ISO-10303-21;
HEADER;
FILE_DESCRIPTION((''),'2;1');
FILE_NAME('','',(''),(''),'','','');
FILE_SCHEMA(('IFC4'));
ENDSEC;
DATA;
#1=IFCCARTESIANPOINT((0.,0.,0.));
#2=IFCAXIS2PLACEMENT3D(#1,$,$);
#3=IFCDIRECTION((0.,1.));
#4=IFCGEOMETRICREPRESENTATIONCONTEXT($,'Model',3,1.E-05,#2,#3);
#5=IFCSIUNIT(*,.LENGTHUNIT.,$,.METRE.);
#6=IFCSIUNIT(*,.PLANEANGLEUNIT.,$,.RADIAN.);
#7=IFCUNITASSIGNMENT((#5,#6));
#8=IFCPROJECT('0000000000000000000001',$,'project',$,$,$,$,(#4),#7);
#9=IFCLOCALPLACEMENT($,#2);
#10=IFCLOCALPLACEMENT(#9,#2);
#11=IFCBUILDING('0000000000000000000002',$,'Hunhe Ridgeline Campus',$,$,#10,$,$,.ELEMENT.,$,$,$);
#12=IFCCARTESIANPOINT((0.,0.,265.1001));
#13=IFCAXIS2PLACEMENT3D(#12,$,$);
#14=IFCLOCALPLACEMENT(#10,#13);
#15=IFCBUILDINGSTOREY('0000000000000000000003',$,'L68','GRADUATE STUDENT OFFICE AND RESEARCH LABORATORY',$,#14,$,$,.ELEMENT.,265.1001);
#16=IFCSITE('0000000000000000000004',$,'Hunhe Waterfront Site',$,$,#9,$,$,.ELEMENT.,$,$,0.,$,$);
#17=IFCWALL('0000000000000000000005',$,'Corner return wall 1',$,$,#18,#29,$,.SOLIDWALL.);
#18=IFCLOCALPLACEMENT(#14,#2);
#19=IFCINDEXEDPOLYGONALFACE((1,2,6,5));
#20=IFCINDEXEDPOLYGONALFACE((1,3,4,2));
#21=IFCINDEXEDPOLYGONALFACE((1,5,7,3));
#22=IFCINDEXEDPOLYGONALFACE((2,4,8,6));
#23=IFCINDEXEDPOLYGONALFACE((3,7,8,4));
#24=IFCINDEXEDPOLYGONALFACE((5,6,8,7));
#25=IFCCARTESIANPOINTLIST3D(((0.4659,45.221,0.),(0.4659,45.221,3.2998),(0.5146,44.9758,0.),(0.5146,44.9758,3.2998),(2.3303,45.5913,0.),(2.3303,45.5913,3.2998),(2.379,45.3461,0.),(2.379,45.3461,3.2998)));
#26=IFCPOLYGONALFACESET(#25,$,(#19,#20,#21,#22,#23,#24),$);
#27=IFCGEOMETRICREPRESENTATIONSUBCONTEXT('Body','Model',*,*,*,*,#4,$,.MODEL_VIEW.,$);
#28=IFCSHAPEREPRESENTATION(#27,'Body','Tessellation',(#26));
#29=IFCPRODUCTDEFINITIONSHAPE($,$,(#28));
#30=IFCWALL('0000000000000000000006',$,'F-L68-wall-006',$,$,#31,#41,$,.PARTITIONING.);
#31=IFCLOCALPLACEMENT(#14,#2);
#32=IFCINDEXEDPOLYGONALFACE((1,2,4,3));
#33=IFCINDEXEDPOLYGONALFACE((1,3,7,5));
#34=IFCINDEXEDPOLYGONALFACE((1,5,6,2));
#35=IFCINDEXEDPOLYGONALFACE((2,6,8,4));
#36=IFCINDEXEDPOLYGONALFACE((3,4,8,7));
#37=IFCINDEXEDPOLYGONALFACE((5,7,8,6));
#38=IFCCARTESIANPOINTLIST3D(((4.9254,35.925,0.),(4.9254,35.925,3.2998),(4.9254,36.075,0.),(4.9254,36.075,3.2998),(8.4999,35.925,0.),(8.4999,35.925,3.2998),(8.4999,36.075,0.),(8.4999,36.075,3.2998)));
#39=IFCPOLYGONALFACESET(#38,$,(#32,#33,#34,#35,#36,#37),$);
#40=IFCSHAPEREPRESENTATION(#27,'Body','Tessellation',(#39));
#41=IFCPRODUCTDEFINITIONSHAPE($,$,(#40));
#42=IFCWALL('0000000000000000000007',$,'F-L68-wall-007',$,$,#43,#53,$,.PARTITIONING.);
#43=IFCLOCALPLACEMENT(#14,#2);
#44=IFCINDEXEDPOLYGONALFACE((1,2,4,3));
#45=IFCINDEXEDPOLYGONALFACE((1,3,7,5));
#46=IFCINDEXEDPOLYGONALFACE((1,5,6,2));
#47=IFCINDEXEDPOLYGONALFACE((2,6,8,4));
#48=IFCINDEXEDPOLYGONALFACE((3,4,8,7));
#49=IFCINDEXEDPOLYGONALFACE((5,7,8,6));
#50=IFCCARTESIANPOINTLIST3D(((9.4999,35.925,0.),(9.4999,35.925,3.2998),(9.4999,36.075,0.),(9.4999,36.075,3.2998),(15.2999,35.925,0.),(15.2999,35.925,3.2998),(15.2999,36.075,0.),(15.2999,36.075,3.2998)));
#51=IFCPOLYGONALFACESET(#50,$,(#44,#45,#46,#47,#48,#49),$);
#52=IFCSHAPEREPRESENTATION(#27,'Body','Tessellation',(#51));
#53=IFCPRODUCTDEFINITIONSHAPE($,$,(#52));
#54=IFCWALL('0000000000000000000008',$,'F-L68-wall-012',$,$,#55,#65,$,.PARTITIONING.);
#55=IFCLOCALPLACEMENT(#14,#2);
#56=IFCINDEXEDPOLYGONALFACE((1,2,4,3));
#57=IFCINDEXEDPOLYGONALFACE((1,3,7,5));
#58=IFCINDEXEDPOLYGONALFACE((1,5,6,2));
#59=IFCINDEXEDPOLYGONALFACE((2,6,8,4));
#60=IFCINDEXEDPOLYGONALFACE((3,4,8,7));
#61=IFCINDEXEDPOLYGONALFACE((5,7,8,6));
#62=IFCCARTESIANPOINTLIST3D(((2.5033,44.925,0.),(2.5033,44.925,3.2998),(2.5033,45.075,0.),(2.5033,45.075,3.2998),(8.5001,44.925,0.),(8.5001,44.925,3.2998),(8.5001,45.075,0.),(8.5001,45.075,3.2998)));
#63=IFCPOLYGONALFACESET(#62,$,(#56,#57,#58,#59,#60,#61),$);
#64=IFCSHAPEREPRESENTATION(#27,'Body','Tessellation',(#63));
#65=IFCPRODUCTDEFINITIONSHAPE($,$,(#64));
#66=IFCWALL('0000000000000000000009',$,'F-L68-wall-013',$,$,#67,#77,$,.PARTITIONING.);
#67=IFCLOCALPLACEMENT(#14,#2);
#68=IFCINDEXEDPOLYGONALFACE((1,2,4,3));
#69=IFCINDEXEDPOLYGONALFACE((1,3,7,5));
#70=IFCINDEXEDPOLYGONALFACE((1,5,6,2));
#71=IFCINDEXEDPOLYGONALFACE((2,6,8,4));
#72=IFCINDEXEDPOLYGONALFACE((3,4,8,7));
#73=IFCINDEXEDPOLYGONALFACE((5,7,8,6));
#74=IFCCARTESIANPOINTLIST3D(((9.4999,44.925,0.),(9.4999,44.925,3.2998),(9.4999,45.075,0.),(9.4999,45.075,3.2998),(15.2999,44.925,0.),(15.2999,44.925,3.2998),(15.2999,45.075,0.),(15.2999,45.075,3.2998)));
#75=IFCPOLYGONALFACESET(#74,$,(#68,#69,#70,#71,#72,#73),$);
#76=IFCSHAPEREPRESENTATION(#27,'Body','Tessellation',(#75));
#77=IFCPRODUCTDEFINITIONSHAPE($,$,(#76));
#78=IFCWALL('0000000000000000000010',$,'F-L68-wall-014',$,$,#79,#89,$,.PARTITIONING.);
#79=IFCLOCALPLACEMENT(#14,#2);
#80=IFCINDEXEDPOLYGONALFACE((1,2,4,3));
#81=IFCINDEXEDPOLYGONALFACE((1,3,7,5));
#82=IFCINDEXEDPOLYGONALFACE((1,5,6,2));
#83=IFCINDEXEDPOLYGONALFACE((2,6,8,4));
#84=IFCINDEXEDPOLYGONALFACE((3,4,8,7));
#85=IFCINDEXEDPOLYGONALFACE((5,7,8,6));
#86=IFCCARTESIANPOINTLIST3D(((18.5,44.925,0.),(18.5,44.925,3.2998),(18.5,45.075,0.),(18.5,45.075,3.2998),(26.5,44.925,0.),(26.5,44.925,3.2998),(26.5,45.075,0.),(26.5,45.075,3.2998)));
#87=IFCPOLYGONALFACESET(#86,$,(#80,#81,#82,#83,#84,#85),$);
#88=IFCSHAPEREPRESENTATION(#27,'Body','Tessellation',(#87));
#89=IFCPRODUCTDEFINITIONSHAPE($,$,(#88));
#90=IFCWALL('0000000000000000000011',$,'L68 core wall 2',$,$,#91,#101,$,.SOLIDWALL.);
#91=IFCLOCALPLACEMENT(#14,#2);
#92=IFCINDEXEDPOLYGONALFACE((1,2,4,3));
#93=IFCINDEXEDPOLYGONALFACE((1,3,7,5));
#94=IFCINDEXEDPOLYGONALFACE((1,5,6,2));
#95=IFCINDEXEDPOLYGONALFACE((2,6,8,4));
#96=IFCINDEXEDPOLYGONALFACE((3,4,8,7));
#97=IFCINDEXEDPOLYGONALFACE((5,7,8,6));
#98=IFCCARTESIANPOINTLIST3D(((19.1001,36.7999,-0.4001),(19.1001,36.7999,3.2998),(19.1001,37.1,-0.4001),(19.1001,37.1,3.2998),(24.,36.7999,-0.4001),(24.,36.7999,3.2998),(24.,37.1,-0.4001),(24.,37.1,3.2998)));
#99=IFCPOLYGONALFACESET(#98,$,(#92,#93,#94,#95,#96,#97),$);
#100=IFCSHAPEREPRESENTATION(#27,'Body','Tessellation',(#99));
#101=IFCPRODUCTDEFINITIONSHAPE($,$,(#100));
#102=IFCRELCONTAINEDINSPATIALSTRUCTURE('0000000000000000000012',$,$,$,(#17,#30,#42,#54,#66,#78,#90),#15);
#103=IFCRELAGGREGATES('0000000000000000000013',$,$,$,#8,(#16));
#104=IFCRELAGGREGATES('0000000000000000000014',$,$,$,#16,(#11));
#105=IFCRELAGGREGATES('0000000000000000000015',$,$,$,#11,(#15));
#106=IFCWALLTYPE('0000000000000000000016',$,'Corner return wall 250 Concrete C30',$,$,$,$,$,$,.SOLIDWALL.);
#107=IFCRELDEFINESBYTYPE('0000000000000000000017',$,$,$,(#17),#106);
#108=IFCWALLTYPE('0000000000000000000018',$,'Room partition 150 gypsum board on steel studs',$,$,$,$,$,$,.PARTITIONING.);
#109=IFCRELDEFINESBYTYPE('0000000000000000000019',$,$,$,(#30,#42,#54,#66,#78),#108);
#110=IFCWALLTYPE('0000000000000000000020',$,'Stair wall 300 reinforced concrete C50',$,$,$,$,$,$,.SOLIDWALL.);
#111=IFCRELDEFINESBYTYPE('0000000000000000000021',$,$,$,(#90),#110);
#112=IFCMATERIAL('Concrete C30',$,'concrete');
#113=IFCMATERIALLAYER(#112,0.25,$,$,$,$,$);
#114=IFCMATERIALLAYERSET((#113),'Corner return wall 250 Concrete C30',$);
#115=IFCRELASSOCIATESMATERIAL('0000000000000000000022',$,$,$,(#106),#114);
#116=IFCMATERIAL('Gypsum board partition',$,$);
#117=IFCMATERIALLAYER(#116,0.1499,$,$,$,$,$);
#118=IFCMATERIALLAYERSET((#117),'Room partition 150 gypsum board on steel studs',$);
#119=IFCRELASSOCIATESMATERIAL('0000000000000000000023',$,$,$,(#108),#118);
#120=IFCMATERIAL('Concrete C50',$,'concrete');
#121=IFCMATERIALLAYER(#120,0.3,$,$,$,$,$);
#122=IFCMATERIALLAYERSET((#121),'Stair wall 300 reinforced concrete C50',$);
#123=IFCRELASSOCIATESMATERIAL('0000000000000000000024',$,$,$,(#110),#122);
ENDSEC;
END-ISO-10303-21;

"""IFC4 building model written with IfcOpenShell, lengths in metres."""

from ifc_helpers import new_model, si_unit, direction, frame, frame_2d, origin, place, context, subcontext, project, spatial, rectangle, extrude, material, layer, layer_set, type_object, element, save


model = new_model("IFC4")

# Units and contexts
model_context = context("Model", 3, precision=1e-05, world=origin(), true_north=direction((0.0, 1.0)))
body_context = subcontext(model_context, "Body", "Model", "MODEL_VIEW")
ifc_project = project(units=[si_unit("LENGTHUNIT", "METRE"), si_unit("PLANEANGLEUNIT", "RADIAN")], contexts=[model_context])

# Site, building, storey
site_placement = place(None, origin())
site = spatial("IfcSite", under=ifc_project, at=site_placement, Name="Hunhe Waterfront Site", CompositionType="ELEMENT", RefElevation=0.0)
building_placement = place(site_placement, origin())
building = spatial("IfcBuilding", under=site, at=building_placement, Name="Hunhe Ridgeline Campus", CompositionType="ELEMENT")
storey_placement = place(building_placement, frame((0.0, 0.0, 265.1001)))
storey = spatial("IfcBuildingStorey", under=building, at=storey_placement, Name="L68", Description="GRADUATE STUDENT OFFICE AND RESEARCH LABORATORY", CompositionType="ELEMENT", Elevation=265.1001)

# Shared definitions
ifc_material_1 = material(Name="Concrete C50", Category="concrete")

# Walls
ifc_material_2 = material(Name="Concrete C30", Category="concrete")
ifc_layer_1 = layer(ifc_material_2, 0.25)
ifc_layer_set_1 = layer_set([ifc_layer_1], Name="Corner return wall 250 Concrete C30")
wall_type_1 = type_object("IfcWallType", Name="Corner return wall 250 Concrete C30", PredefinedType="SOLIDWALL", material=ifc_layer_set_1)
wall_1_placement = place(storey_placement, frame((0.4902, 45.0984, 0.0), z_axis=(0.0, 0.0, 1.0), x_axis=(0.980837, 0.194832, 0.0)))
element("IfcWall", 1, at=wall_1_placement, inside=storey, type_object=wall_type_1, Name="Corner return wall 1", PredefinedType="SOLIDWALL", context=body_context, shape_type="SweptSolid", body=[
    extrude(rectangle(XDim=1.9009, YDim=0.25, at=frame_2d((0.9504, 0.0))), origin(), (0.0, 0.0, 1.0), 3.2998),
])
ifc_material_3 = material(Name="Gypsum board partition")
ifc_layer_2 = layer(ifc_material_3, 0.1499)
ifc_layer_set_2 = layer_set([ifc_layer_2], Name="Room partition 150 gypsum board on steel studs")
wall_type_2 = type_object("IfcWallType", Name="Room partition 150 gypsum board on steel studs", PredefinedType="PARTITIONING", material=ifc_layer_set_2)
wall_2_placement = place(storey_placement, frame((4.9255, 36.0, 0.0), z_axis=(0.0, 0.0, 1.0), x_axis=(1.0, 0.0, 0.0)))
element("IfcWall", 2, at=wall_2_placement, inside=storey, type_object=wall_type_2, Name="F-L68-wall-006", PredefinedType="PARTITIONING", context=body_context, shape_type="SweptSolid", body=[
    extrude(rectangle(XDim=3.5745, YDim=0.1499, at=frame_2d((1.7871, 0.0))), origin(), (0.0, 0.0, 1.0), 3.2998),
])
wall_3_placement = place(storey_placement, frame((9.5, 36.0, 0.0), z_axis=(0.0, 0.0, 1.0), x_axis=(1.0, 0.0, 0.0)))
element("IfcWall", 3, at=wall_3_placement, inside=storey, type_object=wall_type_2, Name="F-L68-wall-007", PredefinedType="PARTITIONING", context=body_context, shape_type="SweptSolid", body=[
    extrude(rectangle(XDim=5.8, YDim=0.1499, at=frame_2d((2.8999, 0.0))), origin(), (0.0, 0.0, 1.0), 3.2998),
])
wall_4_placement = place(storey_placement, frame((2.5032, 45.0, 0.0), z_axis=(0.0, 0.0, 1.0), x_axis=(1.0, 0.0, 0.0)))
element("IfcWall", 4, at=wall_4_placement, inside=storey, type_object=wall_type_2, Name="F-L68-wall-012", PredefinedType="PARTITIONING", context=body_context, shape_type="SweptSolid", body=[
    extrude(rectangle(XDim=5.9968, YDim=0.1499, at=frame_2d((2.9985, 0.0))), origin(), (0.0, 0.0, 1.0), 3.2998),
])
wall_5_placement = place(storey_placement, frame((9.5, 45.0, 0.0), z_axis=(0.0, 0.0, 1.0), x_axis=(1.0, 0.0, 0.0)))
element("IfcWall", 5, at=wall_5_placement, inside=storey, type_object=wall_type_2, Name="F-L68-wall-013", PredefinedType="PARTITIONING", context=body_context, shape_type="SweptSolid", body=[
    extrude(rectangle(XDim=5.8, YDim=0.1499, at=frame_2d((2.8999, 0.0))), origin(), (0.0, 0.0, 1.0), 3.2998),
])
wall_6_placement = place(storey_placement, frame((18.5, 45.0, 0.0), z_axis=(0.0, 0.0, 1.0), x_axis=(1.0, 0.0, 0.0)))
element("IfcWall", 6, at=wall_6_placement, inside=storey, type_object=wall_type_2, Name="F-L68-wall-014", PredefinedType="PARTITIONING", context=body_context, shape_type="SweptSolid", body=[
    extrude(rectangle(XDim=8.0, YDim=0.1499, at=frame_2d((4.0, 0.0))), origin(), (0.0, 0.0, 1.0), 3.2998),
])
ifc_layer_3 = layer(ifc_material_1, 0.3)
ifc_layer_set_3 = layer_set([ifc_layer_3], Name="Stair wall 300 reinforced concrete C50")
wall_type_3 = type_object("IfcWallType", Name="Stair wall 300 reinforced concrete C50", PredefinedType="SOLIDWALL", material=ifc_layer_set_3)
wall_7_placement = place(storey_placement, frame((19.1001, 36.95, -0.4001), z_axis=(0.0, 0.0, 1.0), x_axis=(1.0, 0.0, 0.0)))
element("IfcWall", 7, at=wall_7_placement, inside=storey, type_object=wall_type_3, Name="L68 core wall 2", PredefinedType="SOLIDWALL", context=body_context, shape_type="SweptSolid", body=[
    extrude(rectangle(XDim=4.8999, YDim=0.3, at=frame_2d((2.45, 0.0))), origin(), (0.0, 0.0, 1.0), 3.7),
])

save(model, "model.ifc")
